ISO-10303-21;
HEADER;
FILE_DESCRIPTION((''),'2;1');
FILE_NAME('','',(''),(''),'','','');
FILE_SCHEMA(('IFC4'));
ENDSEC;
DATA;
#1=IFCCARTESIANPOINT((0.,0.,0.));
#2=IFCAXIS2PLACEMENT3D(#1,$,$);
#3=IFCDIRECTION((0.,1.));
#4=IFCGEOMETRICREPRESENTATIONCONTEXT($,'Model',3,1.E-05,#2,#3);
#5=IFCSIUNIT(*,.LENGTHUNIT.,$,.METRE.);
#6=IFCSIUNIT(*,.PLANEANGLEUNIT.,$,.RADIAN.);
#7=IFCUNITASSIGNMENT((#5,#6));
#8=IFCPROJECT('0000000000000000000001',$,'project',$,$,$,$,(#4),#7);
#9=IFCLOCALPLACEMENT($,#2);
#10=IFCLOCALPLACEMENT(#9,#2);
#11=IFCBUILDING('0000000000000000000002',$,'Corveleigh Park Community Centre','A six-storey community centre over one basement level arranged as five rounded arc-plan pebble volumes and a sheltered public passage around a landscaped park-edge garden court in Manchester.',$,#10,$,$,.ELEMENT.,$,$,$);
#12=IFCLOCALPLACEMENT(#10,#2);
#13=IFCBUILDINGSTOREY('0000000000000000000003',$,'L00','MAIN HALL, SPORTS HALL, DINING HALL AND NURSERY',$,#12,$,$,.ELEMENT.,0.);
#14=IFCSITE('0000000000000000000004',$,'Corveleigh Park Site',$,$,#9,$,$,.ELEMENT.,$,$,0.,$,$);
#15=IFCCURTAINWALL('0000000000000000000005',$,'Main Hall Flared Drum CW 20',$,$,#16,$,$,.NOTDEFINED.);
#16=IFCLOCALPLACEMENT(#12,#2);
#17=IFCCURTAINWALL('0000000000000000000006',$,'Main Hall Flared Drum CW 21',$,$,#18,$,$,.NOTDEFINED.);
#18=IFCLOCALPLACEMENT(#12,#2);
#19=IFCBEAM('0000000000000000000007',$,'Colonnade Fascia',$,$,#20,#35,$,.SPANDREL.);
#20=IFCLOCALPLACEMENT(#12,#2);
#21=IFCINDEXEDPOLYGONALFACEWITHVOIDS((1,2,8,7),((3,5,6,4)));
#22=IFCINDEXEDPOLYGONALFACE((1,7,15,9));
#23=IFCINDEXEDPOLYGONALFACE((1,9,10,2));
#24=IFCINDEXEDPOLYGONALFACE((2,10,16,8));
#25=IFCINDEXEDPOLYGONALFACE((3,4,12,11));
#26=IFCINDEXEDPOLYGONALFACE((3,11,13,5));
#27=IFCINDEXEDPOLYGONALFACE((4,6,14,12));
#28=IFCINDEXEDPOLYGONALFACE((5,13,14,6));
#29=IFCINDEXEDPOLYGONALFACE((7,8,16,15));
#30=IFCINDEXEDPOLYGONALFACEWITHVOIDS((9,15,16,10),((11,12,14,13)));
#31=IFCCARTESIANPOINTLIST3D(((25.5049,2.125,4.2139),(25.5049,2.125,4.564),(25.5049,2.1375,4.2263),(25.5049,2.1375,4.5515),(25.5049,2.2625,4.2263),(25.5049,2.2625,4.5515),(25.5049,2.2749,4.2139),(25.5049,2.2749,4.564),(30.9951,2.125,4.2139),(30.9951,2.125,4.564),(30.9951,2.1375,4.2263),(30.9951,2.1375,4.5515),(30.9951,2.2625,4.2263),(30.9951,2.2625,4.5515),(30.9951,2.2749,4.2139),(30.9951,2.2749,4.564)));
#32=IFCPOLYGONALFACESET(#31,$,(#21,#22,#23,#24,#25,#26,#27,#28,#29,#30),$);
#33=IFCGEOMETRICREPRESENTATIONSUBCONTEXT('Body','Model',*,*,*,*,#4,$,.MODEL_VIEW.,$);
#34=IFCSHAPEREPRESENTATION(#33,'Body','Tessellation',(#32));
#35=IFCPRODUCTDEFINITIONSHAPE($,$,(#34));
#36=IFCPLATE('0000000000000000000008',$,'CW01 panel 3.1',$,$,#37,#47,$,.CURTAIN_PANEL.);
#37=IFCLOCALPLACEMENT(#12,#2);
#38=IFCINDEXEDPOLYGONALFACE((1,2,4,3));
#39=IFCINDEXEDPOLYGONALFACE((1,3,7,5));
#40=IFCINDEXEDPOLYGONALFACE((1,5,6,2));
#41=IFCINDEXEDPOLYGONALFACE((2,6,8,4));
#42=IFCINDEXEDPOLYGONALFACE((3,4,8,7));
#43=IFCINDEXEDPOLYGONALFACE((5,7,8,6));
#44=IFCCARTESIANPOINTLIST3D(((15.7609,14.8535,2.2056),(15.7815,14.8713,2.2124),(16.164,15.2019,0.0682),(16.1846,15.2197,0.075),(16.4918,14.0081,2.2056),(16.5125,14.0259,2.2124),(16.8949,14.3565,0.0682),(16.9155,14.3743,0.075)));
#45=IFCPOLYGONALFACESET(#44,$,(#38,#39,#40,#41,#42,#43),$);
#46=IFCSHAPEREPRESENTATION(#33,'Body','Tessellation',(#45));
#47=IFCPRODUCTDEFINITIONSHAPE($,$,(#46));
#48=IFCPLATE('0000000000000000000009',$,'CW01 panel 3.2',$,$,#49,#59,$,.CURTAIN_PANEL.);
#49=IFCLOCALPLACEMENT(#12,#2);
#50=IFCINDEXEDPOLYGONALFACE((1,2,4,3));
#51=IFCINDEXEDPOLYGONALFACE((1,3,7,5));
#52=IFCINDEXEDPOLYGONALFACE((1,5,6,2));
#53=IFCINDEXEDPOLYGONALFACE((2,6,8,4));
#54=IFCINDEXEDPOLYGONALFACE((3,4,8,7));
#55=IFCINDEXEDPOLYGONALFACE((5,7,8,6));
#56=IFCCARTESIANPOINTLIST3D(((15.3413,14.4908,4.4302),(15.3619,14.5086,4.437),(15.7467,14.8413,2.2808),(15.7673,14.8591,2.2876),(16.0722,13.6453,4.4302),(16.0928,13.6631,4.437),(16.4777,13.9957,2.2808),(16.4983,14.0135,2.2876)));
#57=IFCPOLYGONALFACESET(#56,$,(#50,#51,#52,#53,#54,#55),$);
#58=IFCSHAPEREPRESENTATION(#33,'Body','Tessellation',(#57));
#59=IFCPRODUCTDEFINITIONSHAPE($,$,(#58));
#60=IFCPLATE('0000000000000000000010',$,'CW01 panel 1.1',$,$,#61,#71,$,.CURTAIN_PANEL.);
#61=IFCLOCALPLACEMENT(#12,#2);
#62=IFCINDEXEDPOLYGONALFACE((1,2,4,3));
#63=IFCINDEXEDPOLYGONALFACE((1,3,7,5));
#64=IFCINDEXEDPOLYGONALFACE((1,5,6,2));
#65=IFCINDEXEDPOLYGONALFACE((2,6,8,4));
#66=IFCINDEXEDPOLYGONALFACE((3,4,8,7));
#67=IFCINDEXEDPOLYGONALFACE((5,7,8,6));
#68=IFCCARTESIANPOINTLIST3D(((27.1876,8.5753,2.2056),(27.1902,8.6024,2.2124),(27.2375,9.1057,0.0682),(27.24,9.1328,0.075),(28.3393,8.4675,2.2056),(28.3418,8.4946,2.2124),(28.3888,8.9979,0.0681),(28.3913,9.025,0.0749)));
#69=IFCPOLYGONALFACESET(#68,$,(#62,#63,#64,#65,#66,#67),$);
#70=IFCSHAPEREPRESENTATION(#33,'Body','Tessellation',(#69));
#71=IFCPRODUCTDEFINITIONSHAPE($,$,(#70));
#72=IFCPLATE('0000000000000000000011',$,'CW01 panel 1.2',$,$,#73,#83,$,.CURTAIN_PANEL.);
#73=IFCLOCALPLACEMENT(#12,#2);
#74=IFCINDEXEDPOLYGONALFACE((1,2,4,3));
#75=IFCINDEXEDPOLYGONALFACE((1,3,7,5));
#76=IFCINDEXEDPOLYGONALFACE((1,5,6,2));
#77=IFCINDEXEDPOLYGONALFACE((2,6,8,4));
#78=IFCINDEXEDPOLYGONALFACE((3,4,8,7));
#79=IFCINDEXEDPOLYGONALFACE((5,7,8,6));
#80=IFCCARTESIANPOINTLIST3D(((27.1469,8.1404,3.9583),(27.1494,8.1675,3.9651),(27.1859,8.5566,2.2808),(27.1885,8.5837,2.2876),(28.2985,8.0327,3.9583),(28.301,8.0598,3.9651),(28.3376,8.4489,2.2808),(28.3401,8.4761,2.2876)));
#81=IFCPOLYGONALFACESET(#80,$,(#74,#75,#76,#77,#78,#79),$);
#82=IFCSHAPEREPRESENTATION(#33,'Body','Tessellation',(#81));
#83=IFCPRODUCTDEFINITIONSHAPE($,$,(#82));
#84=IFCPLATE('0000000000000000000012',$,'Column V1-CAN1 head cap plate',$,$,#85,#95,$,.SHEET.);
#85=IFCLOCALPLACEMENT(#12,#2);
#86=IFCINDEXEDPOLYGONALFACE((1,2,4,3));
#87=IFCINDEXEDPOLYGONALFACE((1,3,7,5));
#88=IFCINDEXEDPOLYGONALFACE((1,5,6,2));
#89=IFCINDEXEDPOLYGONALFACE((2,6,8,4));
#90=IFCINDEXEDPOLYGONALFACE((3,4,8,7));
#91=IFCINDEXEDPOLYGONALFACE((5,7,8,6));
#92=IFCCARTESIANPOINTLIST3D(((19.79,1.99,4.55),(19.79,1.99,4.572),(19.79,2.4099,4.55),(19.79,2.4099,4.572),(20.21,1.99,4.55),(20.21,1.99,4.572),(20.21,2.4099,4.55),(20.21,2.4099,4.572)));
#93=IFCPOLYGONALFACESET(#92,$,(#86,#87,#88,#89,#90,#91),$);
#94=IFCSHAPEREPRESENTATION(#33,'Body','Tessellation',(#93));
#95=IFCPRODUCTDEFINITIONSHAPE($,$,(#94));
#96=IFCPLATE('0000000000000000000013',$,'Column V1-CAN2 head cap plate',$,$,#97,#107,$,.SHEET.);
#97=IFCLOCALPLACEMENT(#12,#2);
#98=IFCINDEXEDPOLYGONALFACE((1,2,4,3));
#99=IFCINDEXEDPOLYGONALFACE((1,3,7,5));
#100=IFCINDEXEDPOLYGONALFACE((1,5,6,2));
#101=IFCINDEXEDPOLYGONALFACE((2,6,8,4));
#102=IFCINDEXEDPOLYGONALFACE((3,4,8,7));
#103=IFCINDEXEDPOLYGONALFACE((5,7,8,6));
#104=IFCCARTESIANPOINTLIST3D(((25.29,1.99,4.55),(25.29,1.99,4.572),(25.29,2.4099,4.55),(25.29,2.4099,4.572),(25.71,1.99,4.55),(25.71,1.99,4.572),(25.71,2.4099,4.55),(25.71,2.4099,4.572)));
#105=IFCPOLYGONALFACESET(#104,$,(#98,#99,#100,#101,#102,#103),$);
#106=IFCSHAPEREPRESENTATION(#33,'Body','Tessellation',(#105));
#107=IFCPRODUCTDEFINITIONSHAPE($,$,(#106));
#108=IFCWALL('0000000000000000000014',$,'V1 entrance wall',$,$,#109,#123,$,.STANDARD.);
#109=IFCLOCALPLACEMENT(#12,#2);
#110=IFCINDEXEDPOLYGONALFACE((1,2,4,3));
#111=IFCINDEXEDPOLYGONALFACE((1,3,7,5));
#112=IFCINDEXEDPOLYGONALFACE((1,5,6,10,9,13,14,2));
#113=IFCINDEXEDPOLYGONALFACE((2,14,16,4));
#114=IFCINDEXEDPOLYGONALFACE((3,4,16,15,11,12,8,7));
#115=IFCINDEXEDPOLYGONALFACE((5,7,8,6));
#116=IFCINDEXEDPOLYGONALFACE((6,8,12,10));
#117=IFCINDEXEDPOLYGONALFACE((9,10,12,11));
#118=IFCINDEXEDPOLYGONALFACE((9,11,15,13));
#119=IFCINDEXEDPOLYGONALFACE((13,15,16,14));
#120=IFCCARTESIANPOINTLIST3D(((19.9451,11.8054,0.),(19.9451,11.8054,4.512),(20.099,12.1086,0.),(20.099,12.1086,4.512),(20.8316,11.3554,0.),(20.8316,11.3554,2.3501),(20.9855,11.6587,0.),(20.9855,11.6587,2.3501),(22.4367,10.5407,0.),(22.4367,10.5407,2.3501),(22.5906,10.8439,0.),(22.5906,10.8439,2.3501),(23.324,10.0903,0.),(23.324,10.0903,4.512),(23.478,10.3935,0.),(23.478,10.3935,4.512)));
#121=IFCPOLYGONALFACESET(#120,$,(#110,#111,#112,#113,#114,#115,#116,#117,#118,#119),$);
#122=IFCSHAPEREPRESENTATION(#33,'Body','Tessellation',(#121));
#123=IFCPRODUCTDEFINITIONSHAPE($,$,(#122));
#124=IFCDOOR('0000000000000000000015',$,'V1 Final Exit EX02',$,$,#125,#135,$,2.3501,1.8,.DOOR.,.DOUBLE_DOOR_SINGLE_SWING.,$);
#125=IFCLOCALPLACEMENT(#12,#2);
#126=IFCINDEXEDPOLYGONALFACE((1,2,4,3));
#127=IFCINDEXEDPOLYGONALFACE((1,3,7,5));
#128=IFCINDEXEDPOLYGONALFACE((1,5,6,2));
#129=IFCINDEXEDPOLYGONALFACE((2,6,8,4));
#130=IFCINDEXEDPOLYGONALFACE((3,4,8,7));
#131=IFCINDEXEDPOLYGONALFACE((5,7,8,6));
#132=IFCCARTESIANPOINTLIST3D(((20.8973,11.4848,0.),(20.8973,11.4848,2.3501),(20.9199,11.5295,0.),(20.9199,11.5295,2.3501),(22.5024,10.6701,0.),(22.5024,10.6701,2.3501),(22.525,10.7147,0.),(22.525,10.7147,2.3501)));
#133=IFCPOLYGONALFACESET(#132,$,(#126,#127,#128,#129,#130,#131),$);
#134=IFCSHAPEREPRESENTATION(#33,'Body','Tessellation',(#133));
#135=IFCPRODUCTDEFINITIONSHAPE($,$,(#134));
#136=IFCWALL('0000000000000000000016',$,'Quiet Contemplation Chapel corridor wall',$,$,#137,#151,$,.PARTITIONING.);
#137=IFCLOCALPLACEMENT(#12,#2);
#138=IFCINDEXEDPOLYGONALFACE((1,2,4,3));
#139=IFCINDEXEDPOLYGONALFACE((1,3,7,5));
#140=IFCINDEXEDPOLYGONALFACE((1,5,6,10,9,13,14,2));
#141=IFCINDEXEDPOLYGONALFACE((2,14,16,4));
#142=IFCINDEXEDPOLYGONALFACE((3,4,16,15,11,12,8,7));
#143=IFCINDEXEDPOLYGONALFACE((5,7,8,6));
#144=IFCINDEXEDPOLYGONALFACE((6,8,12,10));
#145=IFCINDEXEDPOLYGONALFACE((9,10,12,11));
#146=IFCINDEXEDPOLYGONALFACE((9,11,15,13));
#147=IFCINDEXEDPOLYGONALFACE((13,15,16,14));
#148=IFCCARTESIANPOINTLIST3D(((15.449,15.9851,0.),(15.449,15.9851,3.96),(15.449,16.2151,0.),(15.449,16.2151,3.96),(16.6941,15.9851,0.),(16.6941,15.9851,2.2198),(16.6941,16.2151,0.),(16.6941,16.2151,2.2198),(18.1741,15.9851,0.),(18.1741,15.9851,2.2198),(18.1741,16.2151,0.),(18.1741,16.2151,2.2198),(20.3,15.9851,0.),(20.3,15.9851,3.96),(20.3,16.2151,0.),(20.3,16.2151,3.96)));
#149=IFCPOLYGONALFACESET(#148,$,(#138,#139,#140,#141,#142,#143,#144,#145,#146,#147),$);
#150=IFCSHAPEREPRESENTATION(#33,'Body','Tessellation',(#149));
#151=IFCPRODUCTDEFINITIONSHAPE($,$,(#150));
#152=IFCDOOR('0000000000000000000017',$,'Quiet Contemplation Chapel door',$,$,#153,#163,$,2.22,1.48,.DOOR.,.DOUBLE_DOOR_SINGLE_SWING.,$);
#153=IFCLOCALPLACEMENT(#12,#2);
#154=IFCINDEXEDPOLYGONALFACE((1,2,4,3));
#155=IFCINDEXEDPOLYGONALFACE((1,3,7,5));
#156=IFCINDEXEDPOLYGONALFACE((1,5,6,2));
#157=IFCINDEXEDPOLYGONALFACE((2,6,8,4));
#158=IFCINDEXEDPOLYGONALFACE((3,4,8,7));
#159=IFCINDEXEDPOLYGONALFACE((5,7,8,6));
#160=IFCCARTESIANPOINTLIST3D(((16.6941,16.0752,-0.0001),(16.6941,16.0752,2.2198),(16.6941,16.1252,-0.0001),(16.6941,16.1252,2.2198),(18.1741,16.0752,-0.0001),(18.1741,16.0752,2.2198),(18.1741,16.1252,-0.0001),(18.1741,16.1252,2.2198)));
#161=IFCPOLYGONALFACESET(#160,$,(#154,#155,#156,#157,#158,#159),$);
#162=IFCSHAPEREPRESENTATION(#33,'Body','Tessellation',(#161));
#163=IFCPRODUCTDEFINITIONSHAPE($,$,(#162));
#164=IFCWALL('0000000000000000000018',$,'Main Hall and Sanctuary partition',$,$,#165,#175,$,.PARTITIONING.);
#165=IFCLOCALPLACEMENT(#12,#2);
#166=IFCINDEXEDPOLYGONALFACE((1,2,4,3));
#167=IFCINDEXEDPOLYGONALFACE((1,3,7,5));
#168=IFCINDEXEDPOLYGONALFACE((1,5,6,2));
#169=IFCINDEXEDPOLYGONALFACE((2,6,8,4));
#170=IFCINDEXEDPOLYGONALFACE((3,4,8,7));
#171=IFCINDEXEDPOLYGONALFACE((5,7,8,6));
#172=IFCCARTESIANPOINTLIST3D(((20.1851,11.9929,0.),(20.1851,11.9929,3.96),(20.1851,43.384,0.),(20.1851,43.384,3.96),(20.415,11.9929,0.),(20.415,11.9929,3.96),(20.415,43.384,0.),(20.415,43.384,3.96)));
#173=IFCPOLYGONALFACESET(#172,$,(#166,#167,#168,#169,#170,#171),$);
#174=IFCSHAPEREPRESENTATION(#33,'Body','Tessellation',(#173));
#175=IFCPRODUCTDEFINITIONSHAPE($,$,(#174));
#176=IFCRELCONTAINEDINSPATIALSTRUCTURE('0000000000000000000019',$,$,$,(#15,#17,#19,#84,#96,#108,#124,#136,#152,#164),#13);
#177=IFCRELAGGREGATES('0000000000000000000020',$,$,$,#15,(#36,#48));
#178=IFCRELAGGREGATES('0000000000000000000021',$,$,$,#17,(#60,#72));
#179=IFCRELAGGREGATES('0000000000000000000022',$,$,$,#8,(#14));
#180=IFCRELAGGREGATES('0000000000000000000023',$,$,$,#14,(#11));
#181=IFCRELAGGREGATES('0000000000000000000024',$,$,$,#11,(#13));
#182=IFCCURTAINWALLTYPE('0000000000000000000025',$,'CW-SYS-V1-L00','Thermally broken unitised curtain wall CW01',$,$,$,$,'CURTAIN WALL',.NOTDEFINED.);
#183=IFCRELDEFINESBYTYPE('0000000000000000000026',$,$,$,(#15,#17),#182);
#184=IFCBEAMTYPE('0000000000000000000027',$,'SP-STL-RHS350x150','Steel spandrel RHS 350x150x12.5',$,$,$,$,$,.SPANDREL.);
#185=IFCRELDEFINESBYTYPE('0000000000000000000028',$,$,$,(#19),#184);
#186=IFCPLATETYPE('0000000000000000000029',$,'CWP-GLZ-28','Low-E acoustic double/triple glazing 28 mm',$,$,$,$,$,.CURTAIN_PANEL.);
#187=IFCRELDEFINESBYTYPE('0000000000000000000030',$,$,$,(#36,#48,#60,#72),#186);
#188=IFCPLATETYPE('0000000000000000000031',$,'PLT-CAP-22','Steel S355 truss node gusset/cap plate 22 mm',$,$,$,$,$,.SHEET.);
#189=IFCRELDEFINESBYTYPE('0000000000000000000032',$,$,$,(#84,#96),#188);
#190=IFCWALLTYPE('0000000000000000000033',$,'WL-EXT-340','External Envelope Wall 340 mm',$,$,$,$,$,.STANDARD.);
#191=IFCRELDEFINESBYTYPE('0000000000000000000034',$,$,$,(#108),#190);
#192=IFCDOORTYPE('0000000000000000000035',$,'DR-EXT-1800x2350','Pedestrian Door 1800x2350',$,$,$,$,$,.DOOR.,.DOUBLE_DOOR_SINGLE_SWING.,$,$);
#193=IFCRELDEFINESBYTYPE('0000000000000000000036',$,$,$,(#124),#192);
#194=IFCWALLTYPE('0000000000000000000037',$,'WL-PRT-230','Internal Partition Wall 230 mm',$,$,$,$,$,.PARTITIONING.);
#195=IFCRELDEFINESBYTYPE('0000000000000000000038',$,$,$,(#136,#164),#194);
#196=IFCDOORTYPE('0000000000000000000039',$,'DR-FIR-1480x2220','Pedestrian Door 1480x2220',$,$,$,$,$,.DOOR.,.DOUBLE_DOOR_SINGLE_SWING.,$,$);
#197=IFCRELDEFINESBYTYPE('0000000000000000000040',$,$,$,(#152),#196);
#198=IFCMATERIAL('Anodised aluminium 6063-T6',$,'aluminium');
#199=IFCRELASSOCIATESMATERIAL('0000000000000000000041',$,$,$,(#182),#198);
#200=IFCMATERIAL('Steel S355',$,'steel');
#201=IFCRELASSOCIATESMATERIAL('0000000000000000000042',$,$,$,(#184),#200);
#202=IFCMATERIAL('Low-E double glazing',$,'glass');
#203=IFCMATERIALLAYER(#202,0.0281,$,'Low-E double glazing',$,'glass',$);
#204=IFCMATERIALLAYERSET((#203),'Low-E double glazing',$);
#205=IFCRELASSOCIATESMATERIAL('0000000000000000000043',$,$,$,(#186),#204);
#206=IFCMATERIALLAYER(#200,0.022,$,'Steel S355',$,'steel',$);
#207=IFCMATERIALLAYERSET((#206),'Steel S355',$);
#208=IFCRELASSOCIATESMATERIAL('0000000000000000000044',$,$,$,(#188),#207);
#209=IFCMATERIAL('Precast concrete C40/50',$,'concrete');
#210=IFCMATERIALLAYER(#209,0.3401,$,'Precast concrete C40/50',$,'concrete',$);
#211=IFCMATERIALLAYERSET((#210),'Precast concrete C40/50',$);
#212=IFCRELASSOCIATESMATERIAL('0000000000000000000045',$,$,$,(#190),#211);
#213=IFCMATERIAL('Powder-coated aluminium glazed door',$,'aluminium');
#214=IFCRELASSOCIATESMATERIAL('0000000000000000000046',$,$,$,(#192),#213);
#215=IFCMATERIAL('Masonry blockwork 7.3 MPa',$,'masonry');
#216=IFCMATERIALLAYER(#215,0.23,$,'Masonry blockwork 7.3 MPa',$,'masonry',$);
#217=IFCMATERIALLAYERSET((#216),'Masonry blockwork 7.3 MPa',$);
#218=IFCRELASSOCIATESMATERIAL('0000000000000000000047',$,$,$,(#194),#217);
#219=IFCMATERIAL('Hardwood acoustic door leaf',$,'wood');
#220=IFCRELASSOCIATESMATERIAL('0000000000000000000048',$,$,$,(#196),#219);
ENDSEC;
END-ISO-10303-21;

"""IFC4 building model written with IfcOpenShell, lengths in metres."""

from ifc_helpers import new_model, si_unit, direction, frame, frame_2d, origin, origin_2d, place, context, subcontext, project, spatial, polyline, rectangle, hollow_rectangle, outline, extrude, material, layer, layer_set, material_profile, profile_set, type_object, element, fill, aggregate, save


model = new_model("IFC4")

# Units and contexts
model_context = context("Model", 3, precision=1e-05, world=origin(), true_north=direction((0.0, 1.0)))
body_context = subcontext(model_context, "Body", "Model", "MODEL_VIEW")
ifc_project = project(units=[si_unit("LENGTHUNIT", "METRE"), si_unit("PLANEANGLEUNIT", "RADIAN")], contexts=[model_context])

# Site, building, storey
site_placement = place(None, origin())
site = spatial("IfcSite", under=ifc_project, at=site_placement, Name="Corveleigh Park Site", CompositionType="ELEMENT", RefElevation=0.0)
building_placement = place(site_placement, origin())
building = spatial("IfcBuilding", under=site, at=building_placement, Name="Corveleigh Park Community Centre", Description="A six-storey community centre over one basement level arranged as five rounded arc-plan pebble volumes and a sheltered public passage around a landscaped park-edge garden court in Manchester.", CompositionType="ELEMENT")
storey_placement = place(building_placement, origin())
storey = spatial("IfcBuildingStorey", under=building, at=storey_placement, Name="L00", Description="MAIN HALL, SPORTS HALL, DINING HALL AND NURSERY", CompositionType="ELEMENT", Elevation=0.0)

# Shared definitions
ifc_material_1 = material(Name="Steel S355", Category="steel")

# Curtain wall
ifc_material_2 = material(Name="Anodised aluminium 6063-T6", Category="aluminium")
curtain_wall_type = type_object("IfcCurtainWallType", Name="CW-SYS-V1-L00", Description="Thermally broken unitised curtain wall CW01", ElementType="CURTAIN WALL", PredefinedType="NOTDEFINED", material=ifc_material_2)
curtain_wall_1_placement = place(storey_placement, origin())
curtain_wall_1 = element("IfcCurtainWall", 1, at=curtain_wall_1_placement, inside=storey, type_object=curtain_wall_type, Name="Main Hall Flared Drum CW 20", PredefinedType="NOTDEFINED")

# Curtain wall
curtain_wall_2_placement = place(storey_placement, origin())
curtain_wall_2 = element("IfcCurtainWall", 2, at=curtain_wall_2_placement, inside=storey, type_object=curtain_wall_type, Name="Main Hall Flared Drum CW 21", PredefinedType="NOTDEFINED")

# Beam
ifc_material_profile_1 = material_profile(ifc_material_1, hollow_rectangle(XDim=0.1499, YDim=0.3501, WallThickness=0.0125, at=origin_2d()), Name="RHS 350x150x12.5", Category="steel")
ifc_profile_set_1 = profile_set([ifc_material_profile_1], Name="Steel S355")
beam_type_1 = type_object("IfcBeamType", Name="SP-STL-RHS350x150", Description="Steel spandrel RHS 350x150x12.5", PredefinedType="SPANDREL", material=ifc_profile_set_1)
for number, where, z_axis, x_axis, name in (
    (3, (25.5049, 2.2, 4.3889), (1.0, 0.0, 0.0), (0.0, 1.0, 0.0), "Colonnade Fascia"),
):
    element("IfcBeam", number, at=place(storey_placement, frame(where, z_axis=z_axis, x_axis=x_axis)), inside=storey, type_object=beam_type_1, Name=name, PredefinedType="SPANDREL", context=body_context, shape_type="SweptSolid", body=[
        extrude(hollow_rectangle(XDim=0.1499, YDim=0.3501, WallThickness=0.0125, at=origin_2d()), origin(), (0.0, 0.0, 1.0), 5.4902),
    ])

# Plates
ifc_material_3 = material(Name="Low-E double glazing", Category="glass")
ifc_layer_1 = layer(ifc_material_3, 0.0281, Name="Low-E double glazing", Category="glass")
ifc_layer_set_1 = layer_set([ifc_layer_1], Name="Low-E double glazing")
plate_type_1 = type_object("IfcPlateType", Name="CWP-GLZ-28", Description="Low-E acoustic double/triple glazing 28 mm", PredefinedType="CURTAIN_PANEL", material=ifc_layer_set_1)
plate_1_placement = place(storey_placement, frame((16.1846, 15.2197, 0.075), z_axis=(0.734016, 0.634607, 0.241856), x_axis=(0.654024, -0.756474, 0.0)))
plate_1 = element("IfcPlate", 4, at=plate_1_placement, type_object=plate_type_1, Name="CW01 panel 3.1", PredefinedType="CURTAIN_PANEL", context=body_context, shape_type="SweptSolid", body=[
    extrude(outline(polyline([(0.0, 0.0), (1.1176, 0.0), (1.1176, -2.2028), (-0.0001, -2.2028), (0.0, 0.0)])), origin(), (0.0, 0.0, -1.0), 0.0281),
])
plate_2_placement = place(storey_placement, frame((15.7673, 14.8591, 2.2876), z_axis=(0.734044, 0.634539, 0.24195), x_axis=(0.653966, -0.756524, 0.000017)))
plate_2 = element("IfcPlate", 5, at=plate_2_placement, type_object=plate_type_1, Name="CW01 panel 3.2", PredefinedType="CURTAIN_PANEL", context=body_context, shape_type="SweptSolid", body=[
    extrude(outline(polyline([(0.0, 0.0), (1.1178, 0.0), (1.1177, -2.2152), (0.0001, -2.2153), (0.0, 0.0)])), origin(), (0.0, 0.0, -1.0), 0.0281),
])
aggregate(curtain_wall_1, [plate_1, plate_2])
plate_3_placement = place(storey_placement, frame((27.24, 9.1328, 0.075), z_axis=(0.090434, 0.966095, 0.241833), x_axis=(0.995648, -0.093195, -0.000022)))
plate_3 = element("IfcPlate", 6, at=plate_3_placement, type_object=plate_type_1, Name="CW01 panel 1.1", PredefinedType="CURTAIN_PANEL", context=body_context, shape_type="SweptSolid", body=[
    extrude(outline(polyline([(0.0, 0.0), (1.1564, 0.0), (1.1564, -2.2029), (-0.0002, -2.2028), (0.0, 0.0)])), origin(), (0.0, 0.0, -1.0), 0.0281),
])
plate_4_placement = place(storey_placement, frame((27.1885, 8.5837, 2.2876), z_axis=(0.090323, 0.966104, 0.241837), x_axis=(0.995658, -0.093086, 0.0)))
plate_4 = element("IfcPlate", 7, at=plate_4_placement, type_object=plate_type_1, Name="CW01 panel 1.2", PredefinedType="CURTAIN_PANEL", context=body_context, shape_type="SweptSolid", body=[
    extrude(outline(polyline([(0.0, 0.0), (1.1566, 0.0), (1.1565, -1.7288), (-0.0001, -1.7288), (0.0, 0.0)])), origin(), (0.0, 0.0, -1.0), 0.0281),
])
aggregate(curtain_wall_2, [plate_3, plate_4])

# Plates
ifc_layer_2 = layer(ifc_material_1, 0.022, Name="Steel S355", Category="steel")
ifc_layer_set_2 = layer_set([ifc_layer_2], Name="Steel S355")
plate_type_2 = type_object("IfcPlateType", Name="PLT-CAP-22", Description="Steel S355 truss node gusset/cap plate 22 mm", PredefinedType="SHEET", material=ifc_layer_set_2)
for number, where, z_axis, x_axis, name in (
    (8, (20.0, 2.2, 4.55), (0.0, 0.0, 1.0), (1.0, 0.0, 0.0), "Column V1-CAN1 head cap plate"),
    (9, (25.5, 2.2, 4.55), (0.0, 0.0, 1.0), (1.0, 0.0, 0.0), "Column V1-CAN2 head cap plate"),
):
    element("IfcPlate", number, at=place(storey_placement, frame(where, z_axis=z_axis, x_axis=x_axis)), inside=storey, type_object=plate_type_2, Name=name, PredefinedType="SHEET", context=body_context, shape_type="SweptSolid", body=[
        extrude(rectangle(XDim=0.4199, YDim=0.4199, at=origin_2d()), origin(), (0.0, 0.0, 1.0), 0.022),
    ])

# Walls, openings, doors
ifc_material_4 = material(Name="Precast concrete C40/50", Category="concrete")
ifc_layer_3 = layer(ifc_material_4, 0.3401, Name="Precast concrete C40/50", Category="concrete")
ifc_layer_set_3 = layer_set([ifc_layer_3], Name="Precast concrete C40/50")
wall_type_1 = type_object("IfcWallType", Name="WL-EXT-340", Description="External Envelope Wall 340 mm", PredefinedType="STANDARD", material=ifc_layer_set_3)
ifc_material_5 = material(Name="Powder-coated aluminium glazed door", Category="aluminium")
wall_1_placement = place(storey_placement, frame((23.4009, 10.2419, 0.0), z_axis=(0.0, 0.0, 1.0), x_axis=(-0.891705, 0.452617, 0.0)))
wall_1 = element("IfcWall", 10, at=wall_1_placement, inside=storey, type_object=wall_type_1, Name="V1 entrance wall", PredefinedType="STANDARD", context=body_context, shape_type="SweptSolid", body=[
    extrude(rectangle(XDim=3.7893, YDim=0.3401, at=frame_2d((1.8945, 0.0))), origin(), (0.0, 0.0, 1.0), 4.512),
])
opening_1_placement = place(wall_1_placement, frame((0.9951, 0.0, 0.0)))
opening_1 = element("IfcOpeningElement", 11, at=opening_1_placement, cuts=wall_1, PredefinedType="OPENING", context=body_context, shape_type="SweptSolid", body=[
    extrude(rectangle(XDim=1.8, YDim=2.3501, at=frame_2d((0.8999, 1.175))), frame((0.0, 0.1799, 0.0), z_axis=(0.0, -1.0, 0.0), x_axis=(1.0, 0.0, 0.0)), (0.0, 0.0, 1.0), 0.3601),
])
door_type_1 = type_object("IfcDoorType", Name="DR-EXT-1800x2350", Description="Pedestrian Door 1800x2350", OperationType="DOUBLE_DOOR_SINGLE_SWING", PredefinedType="DOOR", material=ifc_material_5)
door_1_placement = place(opening_1_placement, origin())
door_1 = element("IfcDoor", 12, at=door_1_placement, inside=storey, type_object=door_type_1, Name="V1 Final Exit EX02", OperationType="DOUBLE_DOOR_SINGLE_SWING", OverallHeight=2.3501, OverallWidth=1.8, PredefinedType="DOOR", context=body_context, shape_type="SweptSolid", body=[
    extrude(rectangle(XDim=1.8, YDim=2.3501, at=frame_2d((0.8999, 1.175))), frame((0.0, 0.0249, 0.0), z_axis=(0.0, -1.0, 0.0), x_axis=(1.0, 0.0, 0.0)), (0.0, 0.0, 1.0), 0.05),
])
fill(opening_1, door_1)
ifc_material_6 = material(Name="Masonry blockwork 7.3 MPa", Category="masonry")
ifc_layer_4 = layer(ifc_material_6, 0.23, Name="Masonry blockwork 7.3 MPa", Category="masonry")
ifc_layer_set_4 = layer_set([ifc_layer_4], Name="Masonry blockwork 7.3 MPa")
wall_type_2 = type_object("IfcWallType", Name="WL-PRT-230", Description="Internal Partition Wall 230 mm", PredefinedType="PARTITIONING", material=ifc_layer_set_4)
wall_2_placement = place(storey_placement, frame((20.3, 16.1001, 0.0), z_axis=(0.0, 0.0, 1.0), x_axis=(-1.0, 0.0, 0.0)))
wall_2 = element("IfcWall", 13, at=wall_2_placement, inside=storey, type_object=wall_type_2, Name="Quiet Contemplation Chapel corridor wall", PredefinedType="PARTITIONING", context=body_context, shape_type="SweptSolid", body=[
    extrude(rectangle(XDim=4.8511, YDim=0.23, at=frame_2d((2.4255, 0.0))), origin(), (0.0, 0.0, 1.0), 3.96),
])
opening_2_placement = place(wall_2_placement, frame((2.126, 0.0, 0.0)))
opening_2 = element("IfcOpeningElement", 14, at=opening_2_placement, cuts=wall_2, PredefinedType="OPENING", context=body_context, shape_type="SweptSolid", body=[
    extrude(rectangle(XDim=1.48, YDim=2.22, at=frame_2d((0.74, 1.1099))), frame((0.0, 0.125, 0.0), z_axis=(0.0, -1.0, 0.0), x_axis=(1.0, 0.0, 0.0)), (0.0, 0.0, 1.0), 0.25),
])
ifc_material_7 = material(Name="Hardwood acoustic door leaf", Category="wood")
door_type_2 = type_object("IfcDoorType", Name="DR-FIR-1480x2220", Description="Pedestrian Door 1480x2220", OperationType="DOUBLE_DOOR_SINGLE_SWING", PredefinedType="DOOR", material=ifc_material_7)
door_2_placement = place(opening_2_placement, origin())
door_2 = element("IfcDoor", 15, at=door_2_placement, inside=storey, type_object=door_type_2, Name="Quiet Contemplation Chapel door", OperationType="DOUBLE_DOOR_SINGLE_SWING", OverallHeight=2.22, OverallWidth=1.48, PredefinedType="DOOR", context=body_context, shape_type="SweptSolid", body=[
    extrude(rectangle(XDim=1.48, YDim=2.22, at=frame_2d((0.74, 1.1099))), frame((0.0, 0.0249, 0.0), z_axis=(0.0, -1.0, 0.0), x_axis=(1.0, 0.0, 0.0)), (0.0, 0.0, 1.0), 0.05),
])
fill(opening_2, door_2)

# Wall
wall_3_placement = place(storey_placement, frame((20.3, 11.9929, 0.0), z_axis=(0.0, 0.0, 1.0), x_axis=(0.0, 1.0, 0.0)))
element("IfcWall", 16, at=wall_3_placement, inside=storey, type_object=wall_type_2, Name="Main Hall and Sanctuary partition", PredefinedType="PARTITIONING", context=body_context, shape_type="SweptSolid", body=[
    extrude(rectangle(XDim=31.3911, YDim=0.23, at=frame_2d((15.6956, 0.0))), origin(), (0.0, 0.0, 1.0), 3.96),
])

save(model, "model.ifc")
